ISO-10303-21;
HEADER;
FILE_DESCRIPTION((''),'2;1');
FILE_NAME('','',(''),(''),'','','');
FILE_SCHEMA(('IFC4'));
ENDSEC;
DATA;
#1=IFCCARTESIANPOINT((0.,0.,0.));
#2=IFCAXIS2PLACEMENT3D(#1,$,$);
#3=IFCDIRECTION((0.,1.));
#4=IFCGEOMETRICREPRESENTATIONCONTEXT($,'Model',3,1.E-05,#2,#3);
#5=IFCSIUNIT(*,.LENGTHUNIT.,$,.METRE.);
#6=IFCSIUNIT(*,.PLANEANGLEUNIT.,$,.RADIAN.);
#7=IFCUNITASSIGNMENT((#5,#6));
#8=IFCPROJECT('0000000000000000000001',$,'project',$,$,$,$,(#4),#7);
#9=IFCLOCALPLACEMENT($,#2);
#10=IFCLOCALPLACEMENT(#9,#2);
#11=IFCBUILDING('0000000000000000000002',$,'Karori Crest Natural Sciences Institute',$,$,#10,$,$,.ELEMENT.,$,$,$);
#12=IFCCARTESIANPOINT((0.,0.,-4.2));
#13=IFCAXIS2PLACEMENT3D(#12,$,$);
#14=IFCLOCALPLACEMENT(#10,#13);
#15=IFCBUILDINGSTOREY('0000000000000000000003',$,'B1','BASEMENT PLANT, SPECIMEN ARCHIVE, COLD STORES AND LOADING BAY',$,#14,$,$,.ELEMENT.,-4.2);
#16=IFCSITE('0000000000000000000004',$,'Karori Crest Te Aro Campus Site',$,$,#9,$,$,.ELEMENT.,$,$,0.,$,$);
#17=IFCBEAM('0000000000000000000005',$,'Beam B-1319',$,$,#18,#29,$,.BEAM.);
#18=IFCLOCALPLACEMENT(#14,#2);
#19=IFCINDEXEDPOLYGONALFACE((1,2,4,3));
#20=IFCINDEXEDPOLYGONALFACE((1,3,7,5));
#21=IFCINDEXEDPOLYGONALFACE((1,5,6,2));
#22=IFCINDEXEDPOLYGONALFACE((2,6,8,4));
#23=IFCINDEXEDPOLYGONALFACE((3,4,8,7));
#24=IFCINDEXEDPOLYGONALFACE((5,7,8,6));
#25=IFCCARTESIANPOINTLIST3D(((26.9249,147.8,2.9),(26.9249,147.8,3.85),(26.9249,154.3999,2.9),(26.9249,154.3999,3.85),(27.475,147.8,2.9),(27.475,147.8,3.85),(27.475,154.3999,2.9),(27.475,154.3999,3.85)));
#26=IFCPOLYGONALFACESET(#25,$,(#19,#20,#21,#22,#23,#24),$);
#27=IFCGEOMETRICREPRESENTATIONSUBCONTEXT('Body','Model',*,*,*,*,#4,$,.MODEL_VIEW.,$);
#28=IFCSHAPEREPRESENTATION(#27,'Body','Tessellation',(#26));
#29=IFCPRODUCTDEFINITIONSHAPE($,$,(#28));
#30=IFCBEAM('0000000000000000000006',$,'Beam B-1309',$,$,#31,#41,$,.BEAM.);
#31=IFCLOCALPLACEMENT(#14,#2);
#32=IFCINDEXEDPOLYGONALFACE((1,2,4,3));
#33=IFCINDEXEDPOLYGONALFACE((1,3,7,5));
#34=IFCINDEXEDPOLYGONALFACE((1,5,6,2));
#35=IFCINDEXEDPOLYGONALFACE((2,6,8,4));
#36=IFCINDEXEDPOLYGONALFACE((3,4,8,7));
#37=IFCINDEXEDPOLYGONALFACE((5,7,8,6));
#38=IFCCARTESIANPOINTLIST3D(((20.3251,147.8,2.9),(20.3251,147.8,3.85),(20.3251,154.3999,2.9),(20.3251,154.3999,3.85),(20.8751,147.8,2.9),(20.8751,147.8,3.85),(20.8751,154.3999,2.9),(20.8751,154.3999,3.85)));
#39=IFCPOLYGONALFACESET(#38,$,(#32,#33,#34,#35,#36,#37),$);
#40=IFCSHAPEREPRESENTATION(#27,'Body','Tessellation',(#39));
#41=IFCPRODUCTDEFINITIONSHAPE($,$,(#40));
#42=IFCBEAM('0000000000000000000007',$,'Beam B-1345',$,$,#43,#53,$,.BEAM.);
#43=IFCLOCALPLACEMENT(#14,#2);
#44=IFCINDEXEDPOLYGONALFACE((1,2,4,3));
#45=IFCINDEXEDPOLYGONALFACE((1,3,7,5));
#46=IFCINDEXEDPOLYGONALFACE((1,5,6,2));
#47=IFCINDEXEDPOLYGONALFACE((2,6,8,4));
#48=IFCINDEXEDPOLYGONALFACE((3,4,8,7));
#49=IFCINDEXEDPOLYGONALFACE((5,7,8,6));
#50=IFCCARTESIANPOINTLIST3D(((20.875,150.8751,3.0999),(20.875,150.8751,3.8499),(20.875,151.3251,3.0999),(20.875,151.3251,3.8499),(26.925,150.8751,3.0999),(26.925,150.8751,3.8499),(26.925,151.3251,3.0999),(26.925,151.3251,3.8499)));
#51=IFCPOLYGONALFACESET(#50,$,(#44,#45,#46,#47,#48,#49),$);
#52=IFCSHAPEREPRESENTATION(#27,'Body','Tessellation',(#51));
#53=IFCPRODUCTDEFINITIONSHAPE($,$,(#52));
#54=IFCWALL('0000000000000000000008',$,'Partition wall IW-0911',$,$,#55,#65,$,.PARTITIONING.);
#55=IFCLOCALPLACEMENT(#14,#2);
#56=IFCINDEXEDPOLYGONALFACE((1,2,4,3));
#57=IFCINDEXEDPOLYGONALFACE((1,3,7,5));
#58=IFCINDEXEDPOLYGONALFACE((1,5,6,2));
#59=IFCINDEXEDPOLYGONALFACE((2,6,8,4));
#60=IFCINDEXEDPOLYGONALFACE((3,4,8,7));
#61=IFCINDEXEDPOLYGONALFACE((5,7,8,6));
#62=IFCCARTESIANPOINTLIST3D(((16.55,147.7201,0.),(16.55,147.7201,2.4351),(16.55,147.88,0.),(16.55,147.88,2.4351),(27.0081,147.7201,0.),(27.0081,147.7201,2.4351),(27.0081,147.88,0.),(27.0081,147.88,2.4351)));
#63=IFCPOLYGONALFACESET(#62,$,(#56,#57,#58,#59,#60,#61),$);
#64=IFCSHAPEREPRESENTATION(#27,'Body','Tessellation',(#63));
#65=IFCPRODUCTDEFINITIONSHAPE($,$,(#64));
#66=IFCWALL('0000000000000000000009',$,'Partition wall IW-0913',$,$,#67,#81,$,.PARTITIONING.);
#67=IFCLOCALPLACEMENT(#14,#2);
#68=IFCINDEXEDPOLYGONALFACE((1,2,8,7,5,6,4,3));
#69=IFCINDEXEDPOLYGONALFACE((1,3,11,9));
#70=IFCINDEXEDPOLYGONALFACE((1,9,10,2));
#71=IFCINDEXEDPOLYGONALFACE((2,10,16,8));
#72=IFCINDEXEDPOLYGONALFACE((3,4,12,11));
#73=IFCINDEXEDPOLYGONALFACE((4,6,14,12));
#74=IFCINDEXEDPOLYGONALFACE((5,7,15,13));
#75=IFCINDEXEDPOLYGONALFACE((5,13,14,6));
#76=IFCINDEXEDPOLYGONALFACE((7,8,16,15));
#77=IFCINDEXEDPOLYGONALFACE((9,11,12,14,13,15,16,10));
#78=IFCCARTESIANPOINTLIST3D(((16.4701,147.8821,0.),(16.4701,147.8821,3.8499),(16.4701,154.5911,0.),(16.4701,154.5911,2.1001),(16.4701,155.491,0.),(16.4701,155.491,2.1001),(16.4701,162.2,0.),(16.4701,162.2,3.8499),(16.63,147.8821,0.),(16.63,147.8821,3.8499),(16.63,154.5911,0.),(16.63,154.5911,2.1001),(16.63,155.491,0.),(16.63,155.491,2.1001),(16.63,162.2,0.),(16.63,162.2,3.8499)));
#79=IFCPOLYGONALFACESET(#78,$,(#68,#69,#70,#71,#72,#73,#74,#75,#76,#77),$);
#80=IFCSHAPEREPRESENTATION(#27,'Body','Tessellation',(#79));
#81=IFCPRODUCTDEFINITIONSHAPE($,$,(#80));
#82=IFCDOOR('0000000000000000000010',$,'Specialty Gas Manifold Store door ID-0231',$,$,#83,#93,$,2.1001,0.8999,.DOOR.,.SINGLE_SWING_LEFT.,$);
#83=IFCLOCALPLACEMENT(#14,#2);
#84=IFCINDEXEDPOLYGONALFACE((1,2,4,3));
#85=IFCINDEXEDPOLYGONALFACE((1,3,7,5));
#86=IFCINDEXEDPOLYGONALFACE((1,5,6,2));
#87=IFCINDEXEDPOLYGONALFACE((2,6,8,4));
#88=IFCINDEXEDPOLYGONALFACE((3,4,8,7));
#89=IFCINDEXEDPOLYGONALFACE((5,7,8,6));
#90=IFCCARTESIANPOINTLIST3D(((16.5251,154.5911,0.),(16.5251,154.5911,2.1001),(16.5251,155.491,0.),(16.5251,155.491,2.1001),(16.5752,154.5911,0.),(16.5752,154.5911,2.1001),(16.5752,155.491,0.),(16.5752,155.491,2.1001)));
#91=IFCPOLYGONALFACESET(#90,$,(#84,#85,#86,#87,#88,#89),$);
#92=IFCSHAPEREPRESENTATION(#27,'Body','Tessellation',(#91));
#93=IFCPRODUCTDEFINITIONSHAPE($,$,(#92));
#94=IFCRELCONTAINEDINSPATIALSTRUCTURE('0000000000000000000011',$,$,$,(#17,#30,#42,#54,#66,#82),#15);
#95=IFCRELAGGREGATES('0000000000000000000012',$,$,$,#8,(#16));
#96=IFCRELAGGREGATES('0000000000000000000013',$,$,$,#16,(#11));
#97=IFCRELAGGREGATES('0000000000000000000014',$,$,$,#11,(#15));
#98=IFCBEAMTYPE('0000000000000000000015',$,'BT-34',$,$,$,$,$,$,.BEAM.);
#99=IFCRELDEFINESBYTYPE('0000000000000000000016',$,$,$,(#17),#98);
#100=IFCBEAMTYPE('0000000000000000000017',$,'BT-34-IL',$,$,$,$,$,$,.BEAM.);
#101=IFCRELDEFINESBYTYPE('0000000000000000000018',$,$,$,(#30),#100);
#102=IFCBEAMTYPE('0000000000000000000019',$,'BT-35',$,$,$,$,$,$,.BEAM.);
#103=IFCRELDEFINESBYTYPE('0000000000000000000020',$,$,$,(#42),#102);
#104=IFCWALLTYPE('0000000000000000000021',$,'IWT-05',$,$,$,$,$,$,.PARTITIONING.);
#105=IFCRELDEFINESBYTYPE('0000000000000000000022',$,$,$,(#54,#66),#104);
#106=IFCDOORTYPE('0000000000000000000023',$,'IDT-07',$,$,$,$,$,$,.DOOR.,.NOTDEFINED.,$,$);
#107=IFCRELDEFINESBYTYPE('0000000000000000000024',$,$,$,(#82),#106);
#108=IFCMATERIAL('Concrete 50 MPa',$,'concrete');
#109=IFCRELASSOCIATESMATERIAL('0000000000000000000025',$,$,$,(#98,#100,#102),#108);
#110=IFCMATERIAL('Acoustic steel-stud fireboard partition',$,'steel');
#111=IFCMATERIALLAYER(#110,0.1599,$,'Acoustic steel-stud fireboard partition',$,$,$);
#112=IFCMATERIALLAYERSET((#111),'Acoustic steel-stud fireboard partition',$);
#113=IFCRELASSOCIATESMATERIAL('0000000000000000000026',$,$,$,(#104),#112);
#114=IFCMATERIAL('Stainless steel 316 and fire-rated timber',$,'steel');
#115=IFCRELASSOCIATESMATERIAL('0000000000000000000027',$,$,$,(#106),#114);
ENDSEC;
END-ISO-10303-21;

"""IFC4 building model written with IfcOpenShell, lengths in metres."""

from ifc_helpers import new_model, si_unit, direction, frame, frame_2d, origin, origin_2d, place, context, subcontext, project, spatial, rectangle, extrude, material, layer, layer_set, material_profile, profile_set, type_object, element, fill, save


model = new_model("IFC4")

# Units and contexts
model_context = context("Model", 3, precision=1e-05, world=origin(), true_north=direction((0.0, 1.0)))
body_context = subcontext(model_context, "Body", "Model", "MODEL_VIEW")
ifc_project = project(units=[si_unit("LENGTHUNIT", "METRE"), si_unit("PLANEANGLEUNIT", "RADIAN")], contexts=[model_context])

# Site, building, storey
site_placement = place(None, origin())
site = spatial("IfcSite", under=ifc_project, at=site_placement, Name="Karori Crest Te Aro Campus Site", CompositionType="ELEMENT", RefElevation=0.0)
building_placement = place(site_placement, origin())
building = spatial("IfcBuilding", under=site, at=building_placement, Name="Karori Crest Natural Sciences Institute", CompositionType="ELEMENT")
storey_placement = place(building_placement, frame((0.0, 0.0, -4.2)))
storey = spatial("IfcBuildingStorey", under=building, at=storey_placement, Name="B1", Description="BASEMENT PLANT, SPECIMEN ARCHIVE, COLD STORES AND LOADING BAY", CompositionType="ELEMENT", Elevation=-4.2)

# Shared definitions
ifc_material_1 = material(Name="Concrete 50 MPa", Category="concrete")

# Beams
ifc_material_profile_1 = material_profile(ifc_material_1, rectangle(XDim=0.55, YDim=0.95, at=origin_2d()), Name="RCB550x950")
ifc_profile_set_1 = profile_set([ifc_material_profile_1], Name="Concrete 50 MPa")
beam_type_1 = type_object("IfcBeamType", Name="BT-34", PredefinedType="BEAM", material=ifc_profile_set_1)
beam_1_placement = place(storey_placement, frame((27.2, 147.8, 3.375), z_axis=(0.0, 1.0, 0.0), x_axis=(-1.0, 0.0, 0.0)))
element("IfcBeam", 1, at=beam_1_placement, inside=storey, type_object=beam_type_1, Name="Beam B-1319", PredefinedType="BEAM", context=body_context, shape_type="SweptSolid", body=[
    extrude(rectangle(XDim=0.55, YDim=0.95, at=origin_2d()), origin(), (0.0, 0.0, 1.0), 6.5999),
])
ifc_material_profile_2 = material_profile(ifc_material_1, rectangle(XDim=0.55, YDim=0.95, at=origin_2d()), Name="RCB550x950")
ifc_profile_set_2 = profile_set([ifc_material_profile_2], Name="Concrete 50 MPa")
beam_type_2 = type_object("IfcBeamType", Name="BT-34-IL", PredefinedType="BEAM", material=ifc_profile_set_2)
beam_2_placement = place(storey_placement, frame((20.6001, 147.8, 3.375), z_axis=(0.0, 1.0, 0.0), x_axis=(-1.0, 0.0, 0.0)))
element("IfcBeam", 2, at=beam_2_placement, inside=storey, type_object=beam_type_2, Name="Beam B-1309", PredefinedType="BEAM", context=body_context, shape_type="SweptSolid", body=[
    extrude(rectangle(XDim=0.55, YDim=0.95, at=origin_2d()), origin(), (0.0, 0.0, 1.0), 6.5999),
])
ifc_material_profile_3 = material_profile(ifc_material_1, rectangle(XDim=0.45, YDim=0.75, at=origin_2d()), Name="RCB450x750")
ifc_profile_set_3 = profile_set([ifc_material_profile_3], Name="Concrete 50 MPa")
beam_type_3 = type_object("IfcBeamType", Name="BT-35", PredefinedType="BEAM", material=ifc_profile_set_3)
beam_3_placement = place(storey_placement, frame((20.875, 151.1001, 3.4749), z_axis=(1.0, 0.0, 0.0), x_axis=(0.0, 1.0, 0.0)))
element("IfcBeam", 3, at=beam_3_placement, inside=storey, type_object=beam_type_3, Name="Beam B-1345", PredefinedType="BEAM", context=body_context, shape_type="SweptSolid", body=[
    extrude(rectangle(XDim=0.45, YDim=0.75, at=origin_2d()), origin(), (0.0, 0.0, 1.0), 6.05),
])

# Wall
ifc_material_2 = material(Name="Acoustic steel-stud fireboard partition", Category="steel")
ifc_layer = layer(ifc_material_2, 0.1599, Name="Acoustic steel-stud fireboard partition")
ifc_layer_set = layer_set([ifc_layer], Name="Acoustic steel-stud fireboard partition")
wall_type = type_object("IfcWallType", Name="IWT-05", PredefinedType="PARTITIONING", material=ifc_layer_set)
wall_1_placement = place(storey_placement, frame((16.55, 147.8, 0.0), z_axis=(0.0, 0.0, 1.0), x_axis=(1.0, 0.0, 0.0)))
element("IfcWall", 4, at=wall_1_placement, inside=storey, type_object=wall_type, Name="Partition wall IW-0911", PredefinedType="PARTITIONING", context=body_context, shape_type="SweptSolid", body=[
    extrude(rectangle(XDim=10.458, YDim=0.1599, at=frame_2d((5.229, 0.0))), origin(), (0.0, 0.0, 1.0), 2.4351),
])

# Wall, opening, door
wall_2_placement = place(storey_placement, frame((16.55, 147.8821, 0.0), z_axis=(0.0, 0.0, 1.0), x_axis=(0.0, 1.0, 0.0)))
wall_2 = element("IfcWall", 5, at=wall_2_placement, inside=storey, type_object=wall_type, Name="Partition wall IW-0913", PredefinedType="PARTITIONING", context=body_context, shape_type="SweptSolid", body=[
    extrude(rectangle(XDim=14.3179, YDim=0.1599, at=frame_2d((7.1589, 0.0))), origin(), (0.0, 0.0, 1.0), 3.8499),
])
opening_placement = place(wall_2_placement, frame((6.709, 0.0, 0.0)))
opening = element("IfcOpeningElement", 6, at=opening_placement, cuts=wall_2, PredefinedType="OPENING", context=body_context, shape_type="SweptSolid", body=[
    extrude(rectangle(XDim=0.8999, YDim=2.1001, at=frame_2d((0.45, 1.05))), frame((0.0, 0.0898, 0.0), z_axis=(0.0, -1.0, 0.0), x_axis=(1.0, 0.0, 0.0)), (0.0, 0.0, 1.0), 0.1799),
])
ifc_material_3 = material(Name="Stainless steel 316 and fire-rated timber", Category="steel")
door_type = type_object("IfcDoorType", Name="IDT-07", OperationType="NOTDEFINED", PredefinedType="DOOR", material=ifc_material_3)
door_placement = place(opening_placement, origin())
door = element("IfcDoor", 7, at=door_placement, inside=storey, type_object=door_type, Name="Specialty Gas Manifold Store door ID-0231", OperationType="SINGLE_SWING_LEFT", OverallHeight=2.1001, OverallWidth=0.8999, PredefinedType="DOOR", context=body_context, shape_type="SweptSolid", body=[
    extrude(rectangle(XDim=0.8999, YDim=2.1001, at=frame_2d((0.45, 1.05))), frame((0.0, 0.0249, 0.0), z_axis=(0.0, -1.0, 0.0), x_axis=(1.0, 0.0, 0.0)), (0.0, 0.0, 1.0), 0.05),
])
fill(opening, door)

save(model, "model.ifc")
